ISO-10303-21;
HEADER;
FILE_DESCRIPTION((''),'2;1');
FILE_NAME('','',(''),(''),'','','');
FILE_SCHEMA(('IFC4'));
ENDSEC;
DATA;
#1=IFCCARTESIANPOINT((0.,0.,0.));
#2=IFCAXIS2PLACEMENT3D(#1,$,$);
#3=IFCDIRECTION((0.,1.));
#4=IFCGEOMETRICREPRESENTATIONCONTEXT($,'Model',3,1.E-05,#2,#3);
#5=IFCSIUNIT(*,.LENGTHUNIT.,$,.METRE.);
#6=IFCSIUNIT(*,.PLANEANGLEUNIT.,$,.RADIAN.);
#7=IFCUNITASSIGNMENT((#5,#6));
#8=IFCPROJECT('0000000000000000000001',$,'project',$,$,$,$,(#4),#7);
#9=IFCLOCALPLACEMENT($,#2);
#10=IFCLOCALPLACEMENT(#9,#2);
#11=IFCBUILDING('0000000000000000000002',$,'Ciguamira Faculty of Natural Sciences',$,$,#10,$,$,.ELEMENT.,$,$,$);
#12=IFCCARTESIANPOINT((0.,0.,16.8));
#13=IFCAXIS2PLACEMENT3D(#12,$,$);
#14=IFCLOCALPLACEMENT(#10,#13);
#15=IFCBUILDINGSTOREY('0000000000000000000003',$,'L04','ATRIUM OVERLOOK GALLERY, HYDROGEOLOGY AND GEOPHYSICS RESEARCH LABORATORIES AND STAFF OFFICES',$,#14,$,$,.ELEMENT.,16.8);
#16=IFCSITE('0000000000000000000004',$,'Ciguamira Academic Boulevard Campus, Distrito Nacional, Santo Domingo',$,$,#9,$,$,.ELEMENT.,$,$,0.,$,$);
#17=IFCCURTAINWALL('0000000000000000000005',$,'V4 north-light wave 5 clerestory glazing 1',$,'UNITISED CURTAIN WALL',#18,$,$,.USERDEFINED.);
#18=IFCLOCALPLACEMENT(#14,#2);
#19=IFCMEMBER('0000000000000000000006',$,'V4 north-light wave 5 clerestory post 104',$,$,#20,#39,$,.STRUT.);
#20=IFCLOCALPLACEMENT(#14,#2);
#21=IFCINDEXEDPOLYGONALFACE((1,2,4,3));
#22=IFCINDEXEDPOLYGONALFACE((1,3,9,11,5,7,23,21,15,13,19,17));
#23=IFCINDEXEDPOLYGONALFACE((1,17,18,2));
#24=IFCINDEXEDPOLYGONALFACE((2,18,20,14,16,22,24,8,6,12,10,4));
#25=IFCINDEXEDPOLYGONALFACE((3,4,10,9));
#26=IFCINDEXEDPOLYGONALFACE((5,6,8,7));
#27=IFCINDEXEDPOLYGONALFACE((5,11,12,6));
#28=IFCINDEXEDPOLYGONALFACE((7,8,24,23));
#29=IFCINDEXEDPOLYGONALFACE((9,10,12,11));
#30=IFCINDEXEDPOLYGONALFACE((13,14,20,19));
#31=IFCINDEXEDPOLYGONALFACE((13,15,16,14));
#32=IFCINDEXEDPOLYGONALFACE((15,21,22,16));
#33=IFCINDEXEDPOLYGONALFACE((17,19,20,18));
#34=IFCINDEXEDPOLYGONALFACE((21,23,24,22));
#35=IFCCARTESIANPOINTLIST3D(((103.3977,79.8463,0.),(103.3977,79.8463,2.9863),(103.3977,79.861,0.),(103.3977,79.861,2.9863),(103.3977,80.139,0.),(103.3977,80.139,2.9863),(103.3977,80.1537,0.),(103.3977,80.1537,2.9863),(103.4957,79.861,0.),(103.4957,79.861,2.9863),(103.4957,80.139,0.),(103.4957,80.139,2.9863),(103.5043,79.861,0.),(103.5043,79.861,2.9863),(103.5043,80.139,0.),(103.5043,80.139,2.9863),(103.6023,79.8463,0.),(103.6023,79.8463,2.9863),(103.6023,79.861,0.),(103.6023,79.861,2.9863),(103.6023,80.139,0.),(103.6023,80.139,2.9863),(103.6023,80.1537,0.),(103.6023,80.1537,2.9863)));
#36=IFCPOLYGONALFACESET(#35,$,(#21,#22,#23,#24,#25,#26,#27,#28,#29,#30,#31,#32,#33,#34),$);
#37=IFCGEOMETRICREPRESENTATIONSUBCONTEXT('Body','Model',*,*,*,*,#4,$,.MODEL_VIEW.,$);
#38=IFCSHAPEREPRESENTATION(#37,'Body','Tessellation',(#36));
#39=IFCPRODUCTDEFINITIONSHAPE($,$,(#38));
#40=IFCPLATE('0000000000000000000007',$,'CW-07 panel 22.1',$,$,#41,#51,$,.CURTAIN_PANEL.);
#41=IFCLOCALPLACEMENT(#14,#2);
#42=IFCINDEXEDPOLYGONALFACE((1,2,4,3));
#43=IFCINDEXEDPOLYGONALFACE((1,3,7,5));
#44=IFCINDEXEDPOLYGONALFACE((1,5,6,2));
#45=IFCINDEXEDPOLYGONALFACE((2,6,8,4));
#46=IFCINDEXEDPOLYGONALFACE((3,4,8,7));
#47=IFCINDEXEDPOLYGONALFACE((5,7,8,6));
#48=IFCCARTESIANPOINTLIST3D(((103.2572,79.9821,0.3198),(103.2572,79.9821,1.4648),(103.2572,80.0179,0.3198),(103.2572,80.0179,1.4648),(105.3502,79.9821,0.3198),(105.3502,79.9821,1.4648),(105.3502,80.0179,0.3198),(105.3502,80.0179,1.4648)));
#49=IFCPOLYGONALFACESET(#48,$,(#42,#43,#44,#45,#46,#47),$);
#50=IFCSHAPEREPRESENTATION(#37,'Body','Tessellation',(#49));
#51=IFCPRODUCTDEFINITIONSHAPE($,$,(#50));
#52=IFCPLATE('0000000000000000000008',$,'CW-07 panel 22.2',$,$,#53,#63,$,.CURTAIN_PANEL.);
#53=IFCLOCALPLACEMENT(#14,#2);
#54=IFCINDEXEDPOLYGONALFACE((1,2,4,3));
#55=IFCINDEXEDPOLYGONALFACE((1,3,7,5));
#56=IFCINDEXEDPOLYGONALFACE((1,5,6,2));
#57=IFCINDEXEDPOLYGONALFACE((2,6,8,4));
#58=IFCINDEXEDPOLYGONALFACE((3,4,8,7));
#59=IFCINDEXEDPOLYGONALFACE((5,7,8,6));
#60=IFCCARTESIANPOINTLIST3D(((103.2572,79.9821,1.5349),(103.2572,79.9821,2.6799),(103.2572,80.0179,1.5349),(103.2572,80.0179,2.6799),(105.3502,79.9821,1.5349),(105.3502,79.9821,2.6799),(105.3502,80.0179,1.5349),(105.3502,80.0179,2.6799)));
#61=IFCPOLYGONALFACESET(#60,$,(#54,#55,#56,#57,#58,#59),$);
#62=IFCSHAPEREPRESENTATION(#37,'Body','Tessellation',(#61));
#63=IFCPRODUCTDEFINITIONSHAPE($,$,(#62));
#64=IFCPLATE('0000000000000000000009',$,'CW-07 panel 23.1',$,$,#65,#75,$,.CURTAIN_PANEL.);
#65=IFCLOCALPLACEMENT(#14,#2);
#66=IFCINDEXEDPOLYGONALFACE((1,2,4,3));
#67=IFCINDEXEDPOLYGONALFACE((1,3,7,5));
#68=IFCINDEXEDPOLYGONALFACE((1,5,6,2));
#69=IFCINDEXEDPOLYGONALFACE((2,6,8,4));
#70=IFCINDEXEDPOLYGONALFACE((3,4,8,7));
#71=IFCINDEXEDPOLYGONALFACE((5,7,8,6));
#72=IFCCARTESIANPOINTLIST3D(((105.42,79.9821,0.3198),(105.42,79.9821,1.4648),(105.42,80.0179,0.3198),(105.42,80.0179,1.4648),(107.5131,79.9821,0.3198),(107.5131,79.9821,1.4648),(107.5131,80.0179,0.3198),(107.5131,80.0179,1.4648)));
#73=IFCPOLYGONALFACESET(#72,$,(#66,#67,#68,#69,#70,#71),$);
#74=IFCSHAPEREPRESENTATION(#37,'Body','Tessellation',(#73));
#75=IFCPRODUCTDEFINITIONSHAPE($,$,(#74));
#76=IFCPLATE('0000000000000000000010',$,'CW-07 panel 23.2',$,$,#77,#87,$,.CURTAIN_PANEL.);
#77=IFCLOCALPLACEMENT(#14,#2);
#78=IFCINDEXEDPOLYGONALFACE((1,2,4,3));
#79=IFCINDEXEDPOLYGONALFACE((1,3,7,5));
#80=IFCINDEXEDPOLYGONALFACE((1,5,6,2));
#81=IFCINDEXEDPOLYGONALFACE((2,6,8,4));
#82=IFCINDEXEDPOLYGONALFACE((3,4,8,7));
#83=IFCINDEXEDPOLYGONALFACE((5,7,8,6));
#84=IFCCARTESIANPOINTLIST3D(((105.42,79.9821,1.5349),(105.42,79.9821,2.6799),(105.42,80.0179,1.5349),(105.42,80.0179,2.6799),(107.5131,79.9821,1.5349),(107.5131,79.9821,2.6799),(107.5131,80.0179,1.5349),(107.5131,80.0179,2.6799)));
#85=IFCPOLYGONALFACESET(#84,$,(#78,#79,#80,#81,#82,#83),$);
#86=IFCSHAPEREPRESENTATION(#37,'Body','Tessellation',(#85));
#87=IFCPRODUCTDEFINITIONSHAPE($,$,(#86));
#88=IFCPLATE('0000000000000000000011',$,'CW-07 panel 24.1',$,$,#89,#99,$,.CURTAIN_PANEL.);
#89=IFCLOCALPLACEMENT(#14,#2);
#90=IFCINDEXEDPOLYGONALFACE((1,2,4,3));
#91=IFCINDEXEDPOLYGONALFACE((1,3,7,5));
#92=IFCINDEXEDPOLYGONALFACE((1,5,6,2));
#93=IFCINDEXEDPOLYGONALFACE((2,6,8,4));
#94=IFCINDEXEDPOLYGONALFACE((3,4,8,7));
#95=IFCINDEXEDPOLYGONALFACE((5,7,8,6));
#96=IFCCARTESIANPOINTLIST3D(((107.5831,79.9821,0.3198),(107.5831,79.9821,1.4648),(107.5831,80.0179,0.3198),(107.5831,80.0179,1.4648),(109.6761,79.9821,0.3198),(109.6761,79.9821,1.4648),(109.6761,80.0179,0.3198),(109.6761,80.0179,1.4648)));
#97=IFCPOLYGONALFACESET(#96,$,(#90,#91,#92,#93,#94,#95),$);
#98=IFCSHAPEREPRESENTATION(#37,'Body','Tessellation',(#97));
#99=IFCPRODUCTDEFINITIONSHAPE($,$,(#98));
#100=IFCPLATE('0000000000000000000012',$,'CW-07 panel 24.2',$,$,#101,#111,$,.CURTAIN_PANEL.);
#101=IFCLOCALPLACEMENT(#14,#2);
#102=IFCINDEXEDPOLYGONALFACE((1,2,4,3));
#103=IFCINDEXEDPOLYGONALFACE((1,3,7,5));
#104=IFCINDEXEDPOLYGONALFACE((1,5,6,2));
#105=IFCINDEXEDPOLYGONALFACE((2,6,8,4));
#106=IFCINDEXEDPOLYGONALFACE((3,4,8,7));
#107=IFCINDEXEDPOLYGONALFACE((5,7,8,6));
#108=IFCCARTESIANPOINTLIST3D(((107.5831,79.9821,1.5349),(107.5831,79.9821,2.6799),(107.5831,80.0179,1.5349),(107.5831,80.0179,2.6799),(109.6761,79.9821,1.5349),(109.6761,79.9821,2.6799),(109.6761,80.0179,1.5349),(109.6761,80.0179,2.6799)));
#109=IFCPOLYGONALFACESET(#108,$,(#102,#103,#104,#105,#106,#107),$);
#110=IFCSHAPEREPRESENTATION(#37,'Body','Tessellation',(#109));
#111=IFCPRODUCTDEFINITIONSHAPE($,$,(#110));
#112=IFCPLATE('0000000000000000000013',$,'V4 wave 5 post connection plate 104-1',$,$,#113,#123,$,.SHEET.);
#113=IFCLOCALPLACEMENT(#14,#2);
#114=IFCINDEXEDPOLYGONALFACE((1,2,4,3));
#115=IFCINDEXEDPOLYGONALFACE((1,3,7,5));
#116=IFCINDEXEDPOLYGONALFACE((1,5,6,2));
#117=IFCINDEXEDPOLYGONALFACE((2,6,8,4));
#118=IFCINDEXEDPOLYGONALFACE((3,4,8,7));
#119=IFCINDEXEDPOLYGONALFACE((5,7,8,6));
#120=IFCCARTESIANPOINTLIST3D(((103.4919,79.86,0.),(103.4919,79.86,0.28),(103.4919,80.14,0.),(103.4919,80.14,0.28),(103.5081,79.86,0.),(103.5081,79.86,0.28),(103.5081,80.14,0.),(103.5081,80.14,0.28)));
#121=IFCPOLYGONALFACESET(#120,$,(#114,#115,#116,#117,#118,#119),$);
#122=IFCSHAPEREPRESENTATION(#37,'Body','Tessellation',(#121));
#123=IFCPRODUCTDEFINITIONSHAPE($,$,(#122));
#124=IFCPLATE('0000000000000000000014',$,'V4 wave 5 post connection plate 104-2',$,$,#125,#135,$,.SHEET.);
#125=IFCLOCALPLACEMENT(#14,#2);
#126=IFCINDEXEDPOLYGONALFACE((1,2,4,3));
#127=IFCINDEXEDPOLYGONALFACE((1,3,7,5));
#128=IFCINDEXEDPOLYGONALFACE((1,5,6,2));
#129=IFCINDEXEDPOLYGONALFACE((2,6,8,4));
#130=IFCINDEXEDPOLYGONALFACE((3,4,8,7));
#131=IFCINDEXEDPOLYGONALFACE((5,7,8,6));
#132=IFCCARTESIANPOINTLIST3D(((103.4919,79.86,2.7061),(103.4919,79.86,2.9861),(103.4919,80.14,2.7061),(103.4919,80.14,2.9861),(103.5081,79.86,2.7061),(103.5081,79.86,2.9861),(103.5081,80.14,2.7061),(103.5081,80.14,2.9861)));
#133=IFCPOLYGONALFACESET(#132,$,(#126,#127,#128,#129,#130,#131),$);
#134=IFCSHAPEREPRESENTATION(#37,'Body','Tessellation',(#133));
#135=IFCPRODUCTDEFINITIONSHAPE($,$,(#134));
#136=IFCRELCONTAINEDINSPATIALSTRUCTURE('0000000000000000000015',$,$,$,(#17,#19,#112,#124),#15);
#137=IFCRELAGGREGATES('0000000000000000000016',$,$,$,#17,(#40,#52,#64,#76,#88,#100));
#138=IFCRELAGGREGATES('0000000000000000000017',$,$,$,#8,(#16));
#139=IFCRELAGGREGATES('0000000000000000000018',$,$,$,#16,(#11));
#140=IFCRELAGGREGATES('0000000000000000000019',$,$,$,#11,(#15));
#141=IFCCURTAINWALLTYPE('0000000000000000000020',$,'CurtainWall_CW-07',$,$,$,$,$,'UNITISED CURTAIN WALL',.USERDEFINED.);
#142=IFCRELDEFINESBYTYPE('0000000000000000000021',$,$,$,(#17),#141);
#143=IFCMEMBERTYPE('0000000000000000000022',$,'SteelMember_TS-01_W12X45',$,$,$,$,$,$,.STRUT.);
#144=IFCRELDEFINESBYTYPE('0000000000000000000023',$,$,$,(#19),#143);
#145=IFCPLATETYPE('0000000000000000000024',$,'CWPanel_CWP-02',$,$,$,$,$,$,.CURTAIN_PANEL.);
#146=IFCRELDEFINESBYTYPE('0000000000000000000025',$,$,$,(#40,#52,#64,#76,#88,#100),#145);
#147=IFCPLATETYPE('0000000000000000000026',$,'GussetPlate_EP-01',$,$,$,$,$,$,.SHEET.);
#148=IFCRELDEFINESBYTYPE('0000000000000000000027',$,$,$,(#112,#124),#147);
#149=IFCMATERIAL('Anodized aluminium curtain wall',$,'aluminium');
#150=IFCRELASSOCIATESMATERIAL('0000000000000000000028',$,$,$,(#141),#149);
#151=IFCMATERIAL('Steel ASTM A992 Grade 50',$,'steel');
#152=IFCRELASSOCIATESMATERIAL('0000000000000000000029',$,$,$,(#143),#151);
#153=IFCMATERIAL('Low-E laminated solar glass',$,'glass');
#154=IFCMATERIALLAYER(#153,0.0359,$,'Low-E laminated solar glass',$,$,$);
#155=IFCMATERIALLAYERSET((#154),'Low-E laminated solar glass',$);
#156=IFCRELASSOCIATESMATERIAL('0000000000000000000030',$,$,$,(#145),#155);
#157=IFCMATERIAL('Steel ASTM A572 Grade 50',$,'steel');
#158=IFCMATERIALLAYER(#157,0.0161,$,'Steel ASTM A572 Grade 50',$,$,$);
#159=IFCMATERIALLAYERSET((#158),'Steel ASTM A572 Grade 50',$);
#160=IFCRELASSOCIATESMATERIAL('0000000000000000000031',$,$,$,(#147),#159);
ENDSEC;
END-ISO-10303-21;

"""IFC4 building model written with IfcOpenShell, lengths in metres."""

from ifc_helpers import new_model, si_unit, direction, frame, origin, origin_2d, place, context, subcontext, project, spatial, rectangle, i_section, extrude, material, layer, layer_set, material_profile, profile_set, type_object, element, aggregate, save


model = new_model("IFC4")

# Units and contexts
model_context = context("Model", 3, precision=1e-05, world=origin(), true_north=direction((0.0, 1.0)))
body_context = subcontext(model_context, "Body", "Model", "MODEL_VIEW")
ifc_project = project(units=[si_unit("LENGTHUNIT", "METRE"), si_unit("PLANEANGLEUNIT", "RADIAN")], contexts=[model_context])

# Site, building, storey
site_placement = place(None, origin())
site = spatial("IfcSite", under=ifc_project, at=site_placement, Name="Ciguamira Academic Boulevard Campus, Distrito Nacional, Santo Domingo", CompositionType="ELEMENT", RefElevation=0.0)
building_placement = place(site_placement, origin())
building = spatial("IfcBuilding", under=site, at=building_placement, Name="Ciguamira Faculty of Natural Sciences", CompositionType="ELEMENT")
storey_placement = place(building_placement, frame((0.0, 0.0, 16.8)))
storey = spatial("IfcBuildingStorey", under=building, at=storey_placement, Name="L04", Description="ATRIUM OVERLOOK GALLERY, HYDROGEOLOGY AND GEOPHYSICS RESEARCH LABORATORIES AND STAFF OFFICES", CompositionType="ELEMENT", Elevation=16.8)

# Curtain wall
ifc_material_1 = material(Name="Anodized aluminium curtain wall", Category="aluminium")
curtain_wall_type = type_object("IfcCurtainWallType", Name="CurtainWall_CW-07", ElementType="UNITISED CURTAIN WALL", PredefinedType="USERDEFINED", material=ifc_material_1)
curtain_wall_placement = place(storey_placement, origin())
curtain_wall = element("IfcCurtainWall", 1, at=curtain_wall_placement, inside=storey, type_object=curtain_wall_type, Name="V4 north-light wave 5 clerestory glazing 1", ObjectType="UNITISED CURTAIN WALL", PredefinedType="USERDEFINED")

# Member
ifc_material_2 = material(Name="Steel ASTM A992 Grade 50", Category="steel")
ifc_material_profile_1 = material_profile(ifc_material_2, i_section(OverallWidth=0.2046, OverallDepth=0.3074, WebThickness=0.0085, FlangeThickness=0.0146, at=origin_2d()), Name="W12X45")
ifc_profile_set_1 = profile_set([ifc_material_profile_1], Name="Steel ASTM A992 Grade 50")
member_type_1 = type_object("IfcMemberType", Name="SteelMember_TS-01_W12X45", PredefinedType="STRUT", material=ifc_profile_set_1)
member_1_placement = place(storey_placement, frame((103.5, 80.0, 0.0), z_axis=(0.0, 0.0, 1.0), x_axis=(1.0, 0.0, 0.0)))
element("IfcMember", 2, at=member_1_placement, inside=storey, type_object=member_type_1, Name="V4 north-light wave 5 clerestory post 104", PredefinedType="STRUT", context=body_context, shape_type="SweptSolid", body=[
    extrude(i_section(OverallWidth=0.2046, OverallDepth=0.3074, WebThickness=0.0085, FlangeThickness=0.0146, at=origin_2d()), origin(), (0.0, 0.0, 1.0), 2.9863),
])

# Plates
ifc_material_3 = material(Name="Low-E laminated solar glass", Category="glass")
ifc_layer_1 = layer(ifc_material_3, 0.0359, Name="Low-E laminated solar glass")
ifc_layer_set_1 = layer_set([ifc_layer_1], Name="Low-E laminated solar glass")
plate_type_1 = type_object("IfcPlateType", Name="CWPanel_CWP-02", PredefinedType="CURTAIN_PANEL", material=ifc_layer_set_1)
plate_1_placement = place(storey_placement, frame((104.3037, 80.0, 0.3198), z_axis=(0.0, 0.0, 1.0), x_axis=(1.0, 0.0, 0.0)))
plate_1 = element("IfcPlate", 3, at=plate_1_placement, type_object=plate_type_1, Name="CW-07 panel 22.1", PredefinedType="CURTAIN_PANEL", context=body_context, shape_type="SweptSolid", body=[
    extrude(rectangle(XDim=2.093, YDim=0.0359, at=origin_2d()), origin(), (0.0, 0.0, 1.0), 1.145),
])
plate_2_placement = place(storey_placement, frame((104.3037, 80.0, 1.5349), z_axis=(0.0, 0.0, 1.0), x_axis=(1.0, 0.0, 0.0)))
plate_2 = element("IfcPlate", 4, at=plate_2_placement, type_object=plate_type_1, Name="CW-07 panel 22.2", PredefinedType="CURTAIN_PANEL", context=body_context, shape_type="SweptSolid", body=[
    extrude(rectangle(XDim=2.093, YDim=0.0359, at=origin_2d()), origin(), (0.0, 0.0, 1.0), 1.145),
])
plate_3_placement = place(storey_placement, frame((106.4666, 80.0, 0.3198), z_axis=(0.0, 0.0, 1.0), x_axis=(1.0, 0.0, 0.0)))
plate_3 = element("IfcPlate", 5, at=plate_3_placement, type_object=plate_type_1, Name="CW-07 panel 23.1", PredefinedType="CURTAIN_PANEL", context=body_context, shape_type="SweptSolid", body=[
    extrude(rectangle(XDim=2.093, YDim=0.0359, at=origin_2d()), origin(), (0.0, 0.0, 1.0), 1.145),
])
plate_4_placement = place(storey_placement, frame((106.4666, 80.0, 1.5349), z_axis=(0.0, 0.0, 1.0), x_axis=(1.0, 0.0, 0.0)))
plate_4 = element("IfcPlate", 6, at=plate_4_placement, type_object=plate_type_1, Name="CW-07 panel 23.2", PredefinedType="CURTAIN_PANEL", context=body_context, shape_type="SweptSolid", body=[
    extrude(rectangle(XDim=2.093, YDim=0.0359, at=origin_2d()), origin(), (0.0, 0.0, 1.0), 1.145),
])
plate_5_placement = place(storey_placement, frame((108.6296, 80.0, 0.3198), z_axis=(0.0, 0.0, 1.0), x_axis=(1.0, 0.0, 0.0)))
plate_5 = element("IfcPlate", 7, at=plate_5_placement, type_object=plate_type_1, Name="CW-07 panel 24.1", PredefinedType="CURTAIN_PANEL", context=body_context, shape_type="SweptSolid", body=[
    extrude(rectangle(XDim=2.093, YDim=0.0359, at=origin_2d()), origin(), (0.0, 0.0, 1.0), 1.145),
])
plate_6_placement = place(storey_placement, frame((108.6296, 80.0, 1.5349), z_axis=(0.0, 0.0, 1.0), x_axis=(1.0, 0.0, 0.0)))
plate_6 = element("IfcPlate", 8, at=plate_6_placement, type_object=plate_type_1, Name="CW-07 panel 24.2", PredefinedType="CURTAIN_PANEL", context=body_context, shape_type="SweptSolid", body=[
    extrude(rectangle(XDim=2.093, YDim=0.0359, at=origin_2d()), origin(), (0.0, 0.0, 1.0), 1.145),
])
aggregate(curtain_wall, [plate_1, plate_2, plate_3, plate_4, plate_5, plate_6])

# Plates
ifc_material_4 = material(Name="Steel ASTM A572 Grade 50", Category="steel")
ifc_layer_2 = layer(ifc_material_4, 0.0161, Name="Steel ASTM A572 Grade 50")
ifc_layer_set_2 = layer_set([ifc_layer_2], Name="Steel ASTM A572 Grade 50")
plate_type_2 = type_object("IfcPlateType", Name="GussetPlate_EP-01", PredefinedType="SHEET", material=ifc_layer_set_2)
for number, where, z_axis, x_axis, name in (
    (9, (103.5, 80.0, 0.0), (0.0, 0.0, 1.0), (1.0, 0.0, 0.0), "V4 wave 5 post connection plate 104-1"),
    (10, (103.5, 80.0, 2.7061), (0.0, 0.0, 1.0), (1.0, 0.0, 0.0), "V4 wave 5 post connection plate 104-2"),
):
    element("IfcPlate", number, at=place(storey_placement, frame(where, z_axis=z_axis, x_axis=x_axis)), inside=storey, type_object=plate_type_2, Name=name, PredefinedType="SHEET", context=body_context, shape_type="SweptSolid", body=[
        extrude(rectangle(XDim=0.0161, YDim=0.28, at=origin_2d()), origin(), (0.0, 0.0, 1.0), 0.28),
    ])

save(model, "model.ifc")
